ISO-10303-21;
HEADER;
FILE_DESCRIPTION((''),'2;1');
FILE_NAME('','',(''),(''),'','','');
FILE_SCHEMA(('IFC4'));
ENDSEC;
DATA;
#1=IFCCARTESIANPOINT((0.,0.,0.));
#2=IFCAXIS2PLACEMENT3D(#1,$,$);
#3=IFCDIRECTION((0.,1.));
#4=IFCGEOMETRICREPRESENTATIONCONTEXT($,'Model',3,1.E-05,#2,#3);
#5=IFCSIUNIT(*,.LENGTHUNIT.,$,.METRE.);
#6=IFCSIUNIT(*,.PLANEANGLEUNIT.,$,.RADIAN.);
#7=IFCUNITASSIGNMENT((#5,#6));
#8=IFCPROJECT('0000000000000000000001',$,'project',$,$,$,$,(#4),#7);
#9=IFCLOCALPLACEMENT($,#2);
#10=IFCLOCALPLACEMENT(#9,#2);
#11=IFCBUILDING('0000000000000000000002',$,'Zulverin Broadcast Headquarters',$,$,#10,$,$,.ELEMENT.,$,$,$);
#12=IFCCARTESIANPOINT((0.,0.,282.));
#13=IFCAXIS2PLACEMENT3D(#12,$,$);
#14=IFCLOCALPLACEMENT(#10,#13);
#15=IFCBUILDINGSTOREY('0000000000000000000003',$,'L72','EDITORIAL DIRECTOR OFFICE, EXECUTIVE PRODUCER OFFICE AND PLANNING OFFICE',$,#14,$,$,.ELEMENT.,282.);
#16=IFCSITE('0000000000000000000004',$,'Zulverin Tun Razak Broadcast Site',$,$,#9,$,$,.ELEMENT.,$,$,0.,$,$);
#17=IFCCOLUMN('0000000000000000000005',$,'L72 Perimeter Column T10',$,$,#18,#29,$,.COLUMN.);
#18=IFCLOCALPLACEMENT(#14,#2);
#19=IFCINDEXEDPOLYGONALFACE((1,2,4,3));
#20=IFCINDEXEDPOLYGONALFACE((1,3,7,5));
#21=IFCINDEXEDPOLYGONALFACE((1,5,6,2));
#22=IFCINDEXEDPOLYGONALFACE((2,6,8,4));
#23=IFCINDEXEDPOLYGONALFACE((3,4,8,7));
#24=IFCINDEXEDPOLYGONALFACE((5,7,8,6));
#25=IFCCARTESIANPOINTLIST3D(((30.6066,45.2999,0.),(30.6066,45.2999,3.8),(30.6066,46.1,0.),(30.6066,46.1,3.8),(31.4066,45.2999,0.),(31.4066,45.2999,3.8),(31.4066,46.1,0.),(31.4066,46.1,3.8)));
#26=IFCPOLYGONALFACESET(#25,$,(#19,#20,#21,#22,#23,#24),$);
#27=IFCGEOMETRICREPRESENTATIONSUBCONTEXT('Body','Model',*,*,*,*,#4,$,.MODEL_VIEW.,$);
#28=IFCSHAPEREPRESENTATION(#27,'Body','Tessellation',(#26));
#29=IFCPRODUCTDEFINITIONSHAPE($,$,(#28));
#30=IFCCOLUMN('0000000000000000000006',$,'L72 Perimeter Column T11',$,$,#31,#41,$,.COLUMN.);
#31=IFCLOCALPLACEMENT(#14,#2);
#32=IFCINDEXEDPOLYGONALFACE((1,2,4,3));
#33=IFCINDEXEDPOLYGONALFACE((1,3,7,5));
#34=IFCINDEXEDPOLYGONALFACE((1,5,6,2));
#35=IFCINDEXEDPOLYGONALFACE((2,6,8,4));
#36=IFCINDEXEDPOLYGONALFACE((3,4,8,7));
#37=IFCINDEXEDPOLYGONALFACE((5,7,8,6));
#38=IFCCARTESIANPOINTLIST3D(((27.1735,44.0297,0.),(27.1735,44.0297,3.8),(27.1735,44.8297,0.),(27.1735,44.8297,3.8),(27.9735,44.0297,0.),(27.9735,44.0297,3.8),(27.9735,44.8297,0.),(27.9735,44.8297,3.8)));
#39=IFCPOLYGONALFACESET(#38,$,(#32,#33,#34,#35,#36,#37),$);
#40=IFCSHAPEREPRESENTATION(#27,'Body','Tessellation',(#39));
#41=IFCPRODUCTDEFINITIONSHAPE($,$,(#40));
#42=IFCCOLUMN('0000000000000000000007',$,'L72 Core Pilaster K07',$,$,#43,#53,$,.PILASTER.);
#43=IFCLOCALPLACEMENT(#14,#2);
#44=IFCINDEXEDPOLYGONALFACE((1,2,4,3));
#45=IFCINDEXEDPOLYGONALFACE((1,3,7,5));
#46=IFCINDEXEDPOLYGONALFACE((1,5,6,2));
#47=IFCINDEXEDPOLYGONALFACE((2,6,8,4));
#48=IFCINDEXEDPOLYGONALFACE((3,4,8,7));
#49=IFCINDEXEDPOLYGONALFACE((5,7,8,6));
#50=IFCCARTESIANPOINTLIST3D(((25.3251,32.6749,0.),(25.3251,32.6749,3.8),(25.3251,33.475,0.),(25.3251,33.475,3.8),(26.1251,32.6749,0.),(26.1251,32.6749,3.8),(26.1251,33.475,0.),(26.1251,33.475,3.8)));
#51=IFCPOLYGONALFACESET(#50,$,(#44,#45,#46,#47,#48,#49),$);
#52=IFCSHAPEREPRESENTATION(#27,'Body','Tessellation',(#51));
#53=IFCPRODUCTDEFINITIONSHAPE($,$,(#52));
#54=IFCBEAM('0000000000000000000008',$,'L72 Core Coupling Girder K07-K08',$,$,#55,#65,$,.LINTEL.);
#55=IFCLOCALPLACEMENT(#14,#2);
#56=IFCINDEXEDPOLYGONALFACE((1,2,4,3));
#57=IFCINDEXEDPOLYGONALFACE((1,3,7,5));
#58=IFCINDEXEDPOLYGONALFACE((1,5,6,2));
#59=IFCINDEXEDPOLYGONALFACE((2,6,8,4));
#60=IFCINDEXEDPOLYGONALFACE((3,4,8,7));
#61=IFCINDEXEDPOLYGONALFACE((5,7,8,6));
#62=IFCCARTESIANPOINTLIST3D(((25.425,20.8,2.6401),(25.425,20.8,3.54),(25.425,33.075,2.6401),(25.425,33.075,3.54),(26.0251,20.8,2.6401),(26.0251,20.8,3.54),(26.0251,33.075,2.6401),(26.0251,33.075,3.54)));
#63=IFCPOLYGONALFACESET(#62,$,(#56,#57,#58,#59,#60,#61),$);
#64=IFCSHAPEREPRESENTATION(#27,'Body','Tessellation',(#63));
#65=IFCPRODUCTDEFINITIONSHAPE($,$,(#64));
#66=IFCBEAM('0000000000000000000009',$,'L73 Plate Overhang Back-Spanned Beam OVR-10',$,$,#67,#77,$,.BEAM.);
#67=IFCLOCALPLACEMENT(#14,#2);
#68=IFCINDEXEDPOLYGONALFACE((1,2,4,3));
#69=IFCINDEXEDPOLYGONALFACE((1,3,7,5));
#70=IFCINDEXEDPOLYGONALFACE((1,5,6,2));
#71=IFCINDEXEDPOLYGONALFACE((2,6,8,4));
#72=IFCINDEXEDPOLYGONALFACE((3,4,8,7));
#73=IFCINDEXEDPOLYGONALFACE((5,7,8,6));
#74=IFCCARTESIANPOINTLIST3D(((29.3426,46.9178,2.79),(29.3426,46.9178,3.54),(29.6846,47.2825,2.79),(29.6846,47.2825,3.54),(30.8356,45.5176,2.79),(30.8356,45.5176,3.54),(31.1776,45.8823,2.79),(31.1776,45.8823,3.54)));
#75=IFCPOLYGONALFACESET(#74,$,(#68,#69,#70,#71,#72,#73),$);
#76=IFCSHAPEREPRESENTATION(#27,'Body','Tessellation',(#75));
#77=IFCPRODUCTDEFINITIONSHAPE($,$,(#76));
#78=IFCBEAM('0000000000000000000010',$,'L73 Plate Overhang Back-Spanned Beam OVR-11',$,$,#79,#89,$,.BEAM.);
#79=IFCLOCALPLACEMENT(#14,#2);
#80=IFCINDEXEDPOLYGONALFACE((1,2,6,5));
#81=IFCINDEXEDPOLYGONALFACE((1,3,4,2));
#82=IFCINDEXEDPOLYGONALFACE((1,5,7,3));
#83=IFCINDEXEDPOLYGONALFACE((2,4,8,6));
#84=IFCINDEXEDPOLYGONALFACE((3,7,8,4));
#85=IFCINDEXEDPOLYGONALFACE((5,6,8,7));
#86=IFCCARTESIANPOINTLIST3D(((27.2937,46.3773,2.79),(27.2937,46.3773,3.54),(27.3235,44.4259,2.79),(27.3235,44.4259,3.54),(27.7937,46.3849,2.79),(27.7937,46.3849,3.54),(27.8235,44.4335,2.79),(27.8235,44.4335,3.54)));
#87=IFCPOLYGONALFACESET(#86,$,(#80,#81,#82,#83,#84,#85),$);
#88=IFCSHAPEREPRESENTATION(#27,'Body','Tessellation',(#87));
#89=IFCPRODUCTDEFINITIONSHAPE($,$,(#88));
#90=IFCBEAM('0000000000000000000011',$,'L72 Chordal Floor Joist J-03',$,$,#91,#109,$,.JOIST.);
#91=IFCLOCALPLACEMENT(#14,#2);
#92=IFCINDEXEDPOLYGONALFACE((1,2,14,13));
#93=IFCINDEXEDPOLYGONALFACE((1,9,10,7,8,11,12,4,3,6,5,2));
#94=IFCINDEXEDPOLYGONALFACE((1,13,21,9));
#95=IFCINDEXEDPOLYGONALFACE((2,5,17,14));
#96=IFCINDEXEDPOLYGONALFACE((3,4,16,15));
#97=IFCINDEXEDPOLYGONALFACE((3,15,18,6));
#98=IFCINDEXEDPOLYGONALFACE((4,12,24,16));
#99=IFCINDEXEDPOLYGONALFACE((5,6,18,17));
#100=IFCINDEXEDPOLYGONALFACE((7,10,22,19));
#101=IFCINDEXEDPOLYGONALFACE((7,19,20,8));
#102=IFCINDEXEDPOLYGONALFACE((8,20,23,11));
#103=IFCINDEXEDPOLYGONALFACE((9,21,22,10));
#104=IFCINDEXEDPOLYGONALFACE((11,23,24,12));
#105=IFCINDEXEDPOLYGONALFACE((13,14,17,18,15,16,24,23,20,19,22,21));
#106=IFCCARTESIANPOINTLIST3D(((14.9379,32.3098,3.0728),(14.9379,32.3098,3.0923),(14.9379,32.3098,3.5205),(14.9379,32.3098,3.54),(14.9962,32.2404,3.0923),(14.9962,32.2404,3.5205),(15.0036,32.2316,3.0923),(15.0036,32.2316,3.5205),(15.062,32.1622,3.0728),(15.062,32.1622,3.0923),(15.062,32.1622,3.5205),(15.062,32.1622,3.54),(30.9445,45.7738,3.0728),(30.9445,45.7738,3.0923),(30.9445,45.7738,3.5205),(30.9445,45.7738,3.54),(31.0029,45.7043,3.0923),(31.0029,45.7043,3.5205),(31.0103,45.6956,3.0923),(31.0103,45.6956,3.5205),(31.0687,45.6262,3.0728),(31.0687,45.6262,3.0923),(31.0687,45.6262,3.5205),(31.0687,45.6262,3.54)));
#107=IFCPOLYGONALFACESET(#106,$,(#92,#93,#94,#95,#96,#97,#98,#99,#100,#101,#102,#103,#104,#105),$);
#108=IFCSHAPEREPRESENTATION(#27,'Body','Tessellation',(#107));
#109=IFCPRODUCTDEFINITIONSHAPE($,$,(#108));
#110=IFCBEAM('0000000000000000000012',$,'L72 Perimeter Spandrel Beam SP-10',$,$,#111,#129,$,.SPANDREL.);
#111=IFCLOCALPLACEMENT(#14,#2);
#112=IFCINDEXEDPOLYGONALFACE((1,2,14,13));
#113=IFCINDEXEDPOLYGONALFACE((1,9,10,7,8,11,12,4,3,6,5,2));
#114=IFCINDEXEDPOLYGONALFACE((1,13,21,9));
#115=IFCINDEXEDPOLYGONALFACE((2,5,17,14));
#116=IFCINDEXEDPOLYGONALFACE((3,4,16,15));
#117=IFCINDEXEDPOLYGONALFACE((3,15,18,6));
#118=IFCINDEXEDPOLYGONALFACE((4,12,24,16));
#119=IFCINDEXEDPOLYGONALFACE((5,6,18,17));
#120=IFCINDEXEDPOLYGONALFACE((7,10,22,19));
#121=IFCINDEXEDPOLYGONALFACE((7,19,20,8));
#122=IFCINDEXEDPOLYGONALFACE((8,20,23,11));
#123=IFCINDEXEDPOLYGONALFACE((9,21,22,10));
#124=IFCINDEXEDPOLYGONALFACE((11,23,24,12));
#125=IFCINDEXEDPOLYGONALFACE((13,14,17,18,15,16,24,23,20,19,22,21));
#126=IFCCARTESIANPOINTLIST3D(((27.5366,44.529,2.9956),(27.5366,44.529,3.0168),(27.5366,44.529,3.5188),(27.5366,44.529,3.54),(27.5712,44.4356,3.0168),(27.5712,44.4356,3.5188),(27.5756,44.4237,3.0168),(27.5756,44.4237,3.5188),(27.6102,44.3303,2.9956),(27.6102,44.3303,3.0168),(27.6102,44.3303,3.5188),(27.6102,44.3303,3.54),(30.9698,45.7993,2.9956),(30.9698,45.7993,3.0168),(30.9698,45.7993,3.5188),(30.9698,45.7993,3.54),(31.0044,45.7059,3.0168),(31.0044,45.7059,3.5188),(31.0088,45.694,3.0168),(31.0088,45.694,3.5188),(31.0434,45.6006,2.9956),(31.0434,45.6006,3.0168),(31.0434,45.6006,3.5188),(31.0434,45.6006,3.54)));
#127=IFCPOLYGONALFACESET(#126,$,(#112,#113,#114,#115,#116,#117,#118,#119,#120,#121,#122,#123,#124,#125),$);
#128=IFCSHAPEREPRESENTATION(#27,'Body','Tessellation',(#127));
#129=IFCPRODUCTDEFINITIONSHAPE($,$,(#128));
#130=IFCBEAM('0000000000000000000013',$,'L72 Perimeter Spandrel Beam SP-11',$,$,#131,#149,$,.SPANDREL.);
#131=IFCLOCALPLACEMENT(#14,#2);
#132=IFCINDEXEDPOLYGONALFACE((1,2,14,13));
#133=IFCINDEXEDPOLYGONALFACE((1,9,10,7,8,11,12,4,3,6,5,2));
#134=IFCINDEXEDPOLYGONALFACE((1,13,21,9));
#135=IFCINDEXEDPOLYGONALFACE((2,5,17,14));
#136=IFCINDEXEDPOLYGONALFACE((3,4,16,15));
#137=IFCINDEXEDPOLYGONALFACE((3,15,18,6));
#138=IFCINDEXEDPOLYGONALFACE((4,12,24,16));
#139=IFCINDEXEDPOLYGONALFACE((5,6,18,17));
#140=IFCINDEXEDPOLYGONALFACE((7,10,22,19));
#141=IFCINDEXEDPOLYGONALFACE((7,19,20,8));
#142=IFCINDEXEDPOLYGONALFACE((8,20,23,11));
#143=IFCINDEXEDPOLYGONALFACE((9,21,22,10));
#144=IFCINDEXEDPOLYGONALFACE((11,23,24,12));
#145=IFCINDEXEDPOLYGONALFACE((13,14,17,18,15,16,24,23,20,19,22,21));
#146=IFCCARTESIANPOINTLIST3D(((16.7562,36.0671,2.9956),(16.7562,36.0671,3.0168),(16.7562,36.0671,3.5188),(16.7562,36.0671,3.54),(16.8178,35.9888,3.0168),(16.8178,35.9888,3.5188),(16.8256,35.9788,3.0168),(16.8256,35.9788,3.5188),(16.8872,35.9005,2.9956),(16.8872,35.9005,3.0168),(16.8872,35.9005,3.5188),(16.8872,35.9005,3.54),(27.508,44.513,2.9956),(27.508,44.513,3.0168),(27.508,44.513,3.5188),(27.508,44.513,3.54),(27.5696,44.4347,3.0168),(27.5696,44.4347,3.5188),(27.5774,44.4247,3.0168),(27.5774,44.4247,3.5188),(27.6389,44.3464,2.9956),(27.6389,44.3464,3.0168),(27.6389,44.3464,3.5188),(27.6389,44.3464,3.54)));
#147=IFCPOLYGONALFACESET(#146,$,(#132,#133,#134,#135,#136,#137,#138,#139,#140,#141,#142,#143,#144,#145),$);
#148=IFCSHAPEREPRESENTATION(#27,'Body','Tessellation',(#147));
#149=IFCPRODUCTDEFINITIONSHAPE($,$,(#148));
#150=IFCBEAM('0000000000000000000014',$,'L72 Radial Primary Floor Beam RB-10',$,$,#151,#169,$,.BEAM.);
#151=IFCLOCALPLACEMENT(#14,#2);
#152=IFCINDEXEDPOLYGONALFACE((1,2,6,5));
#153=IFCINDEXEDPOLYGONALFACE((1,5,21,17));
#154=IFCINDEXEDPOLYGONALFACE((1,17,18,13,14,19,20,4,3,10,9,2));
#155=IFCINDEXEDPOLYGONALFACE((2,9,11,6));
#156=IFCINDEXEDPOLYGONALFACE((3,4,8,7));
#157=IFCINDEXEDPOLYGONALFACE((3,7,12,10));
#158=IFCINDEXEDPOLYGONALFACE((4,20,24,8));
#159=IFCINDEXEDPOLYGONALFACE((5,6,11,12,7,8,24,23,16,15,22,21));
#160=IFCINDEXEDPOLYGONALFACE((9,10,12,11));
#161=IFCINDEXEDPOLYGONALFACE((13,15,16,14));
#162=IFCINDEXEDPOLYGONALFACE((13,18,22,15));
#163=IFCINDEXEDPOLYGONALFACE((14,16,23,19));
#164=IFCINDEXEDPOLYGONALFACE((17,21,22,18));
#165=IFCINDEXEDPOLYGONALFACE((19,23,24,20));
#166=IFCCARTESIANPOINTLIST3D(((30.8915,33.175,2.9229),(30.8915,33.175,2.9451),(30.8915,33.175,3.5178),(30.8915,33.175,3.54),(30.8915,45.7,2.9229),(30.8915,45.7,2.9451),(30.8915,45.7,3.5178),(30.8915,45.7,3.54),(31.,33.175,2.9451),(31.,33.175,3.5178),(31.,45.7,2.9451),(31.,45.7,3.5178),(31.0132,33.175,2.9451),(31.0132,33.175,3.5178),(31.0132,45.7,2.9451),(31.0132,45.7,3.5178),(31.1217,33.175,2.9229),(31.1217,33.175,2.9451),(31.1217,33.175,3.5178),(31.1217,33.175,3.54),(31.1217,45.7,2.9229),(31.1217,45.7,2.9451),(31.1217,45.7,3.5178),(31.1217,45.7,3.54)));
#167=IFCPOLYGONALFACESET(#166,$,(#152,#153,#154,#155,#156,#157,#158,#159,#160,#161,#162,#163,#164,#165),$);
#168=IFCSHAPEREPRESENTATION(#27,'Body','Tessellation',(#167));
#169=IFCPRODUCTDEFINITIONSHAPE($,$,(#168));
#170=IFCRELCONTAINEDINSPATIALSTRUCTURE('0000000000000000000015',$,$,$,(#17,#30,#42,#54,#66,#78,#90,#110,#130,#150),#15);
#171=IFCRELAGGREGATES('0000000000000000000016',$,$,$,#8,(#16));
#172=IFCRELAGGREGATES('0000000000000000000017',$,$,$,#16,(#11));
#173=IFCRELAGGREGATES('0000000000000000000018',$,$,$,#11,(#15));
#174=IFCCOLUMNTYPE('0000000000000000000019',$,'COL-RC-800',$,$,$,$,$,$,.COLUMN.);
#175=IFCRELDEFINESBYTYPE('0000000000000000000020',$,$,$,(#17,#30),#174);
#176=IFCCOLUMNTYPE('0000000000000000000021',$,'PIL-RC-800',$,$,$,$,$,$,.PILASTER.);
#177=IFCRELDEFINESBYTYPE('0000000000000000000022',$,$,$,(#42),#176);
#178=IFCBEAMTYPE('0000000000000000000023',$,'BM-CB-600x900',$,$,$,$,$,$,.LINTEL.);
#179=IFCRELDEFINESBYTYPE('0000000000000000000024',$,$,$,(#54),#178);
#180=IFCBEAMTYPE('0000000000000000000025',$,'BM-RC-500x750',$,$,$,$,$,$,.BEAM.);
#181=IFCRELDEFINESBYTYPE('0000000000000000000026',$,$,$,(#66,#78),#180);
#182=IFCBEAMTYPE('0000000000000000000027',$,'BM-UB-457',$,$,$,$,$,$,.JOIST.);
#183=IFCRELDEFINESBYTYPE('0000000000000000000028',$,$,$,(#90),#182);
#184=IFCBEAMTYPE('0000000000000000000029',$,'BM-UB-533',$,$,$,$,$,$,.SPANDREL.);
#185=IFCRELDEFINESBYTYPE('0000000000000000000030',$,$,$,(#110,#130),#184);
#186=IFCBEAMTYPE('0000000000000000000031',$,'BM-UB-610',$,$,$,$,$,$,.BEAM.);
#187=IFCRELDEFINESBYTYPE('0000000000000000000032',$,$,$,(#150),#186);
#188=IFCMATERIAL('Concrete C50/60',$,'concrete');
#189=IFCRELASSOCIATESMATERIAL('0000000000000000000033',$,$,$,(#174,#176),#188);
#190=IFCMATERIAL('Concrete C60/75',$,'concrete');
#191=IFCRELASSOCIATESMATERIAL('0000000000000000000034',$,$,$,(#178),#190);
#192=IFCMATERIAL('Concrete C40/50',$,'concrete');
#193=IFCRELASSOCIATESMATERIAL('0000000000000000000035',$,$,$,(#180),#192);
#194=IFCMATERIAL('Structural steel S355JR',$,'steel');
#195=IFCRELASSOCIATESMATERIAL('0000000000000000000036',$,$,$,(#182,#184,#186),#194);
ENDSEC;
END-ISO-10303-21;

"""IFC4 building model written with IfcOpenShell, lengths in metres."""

from ifc_helpers import new_model, si_unit, direction, frame, origin, origin_2d, place, context, subcontext, project, spatial, rectangle, i_section, extrude, material, material_profile, profile_set, type_object, element, save


model = new_model("IFC4")

# Units and contexts
model_context = context("Model", 3, precision=1e-05, world=origin(), true_north=direction((0.0, 1.0)))
body_context = subcontext(model_context, "Body", "Model", "MODEL_VIEW")
ifc_project = project(units=[si_unit("LENGTHUNIT", "METRE"), si_unit("PLANEANGLEUNIT", "RADIAN")], contexts=[model_context])

# Site, building, storey
site_placement = place(None, origin())
site = spatial("IfcSite", under=ifc_project, at=site_placement, Name="Zulverin Tun Razak Broadcast Site", CompositionType="ELEMENT", RefElevation=0.0)
building_placement = place(site_placement, origin())
building = spatial("IfcBuilding", under=site, at=building_placement, Name="Zulverin Broadcast Headquarters", CompositionType="ELEMENT")
storey_placement = place(building_placement, frame((0.0, 0.0, 282.0)))
storey = spatial("IfcBuildingStorey", under=building, at=storey_placement, Name="L72", Description="EDITORIAL DIRECTOR OFFICE, EXECUTIVE PRODUCER OFFICE AND PLANNING OFFICE", CompositionType="ELEMENT", Elevation=282.0)

# Columns
ifc_material_1 = material(Name="Concrete C50/60", Category="concrete")
ifc_material_profile_1 = material_profile(ifc_material_1, rectangle(XDim=0.8, YDim=0.8, at=origin_2d()), Name="Concrete C50/60", Category="concrete")
ifc_profile_set_1 = profile_set([ifc_material_profile_1], Name="Concrete C50/60")
column_type_1 = type_object("IfcColumnType", Name="COL-RC-800", PredefinedType="COLUMN", material=ifc_profile_set_1)
for number, where, z_axis, x_axis, name in (
    (1, (31.0066, 45.7, 0.0), (0.0, 0.0, 1.0), (1.0, 0.0, 0.0), "L72 Perimeter Column T10"),
    (2, (27.5735, 44.4297, 0.0), (0.0, 0.0, 1.0), (1.0, 0.0, 0.0), "L72 Perimeter Column T11"),
):
    element("IfcColumn", number, at=place(storey_placement, frame(where, z_axis=z_axis, x_axis=x_axis)), inside=storey, type_object=column_type_1, Name=name, PredefinedType="COLUMN", context=body_context, shape_type="SweptSolid", body=[
        extrude(rectangle(XDim=0.8, YDim=0.8, at=origin_2d()), origin(), (0.0, 0.0, 1.0), 3.8),
    ])
ifc_material_profile_2 = material_profile(ifc_material_1, rectangle(XDim=0.8, YDim=0.8, at=origin_2d()), Name="Concrete C50/60", Category="concrete")
ifc_profile_set_2 = profile_set([ifc_material_profile_2], Name="Concrete C50/60")
column_type_2 = type_object("IfcColumnType", Name="PIL-RC-800", PredefinedType="PILASTER", material=ifc_profile_set_2)
column_placement = place(storey_placement, frame((25.7251, 33.075, 0.0), z_axis=(0.0, 0.0, 1.0), x_axis=(1.0, 0.0, 0.0)))
element("IfcColumn", 3, at=column_placement, inside=storey, type_object=column_type_2, Name="L72 Core Pilaster K07", PredefinedType="PILASTER", context=body_context, shape_type="SweptSolid", body=[
    extrude(rectangle(XDim=0.8, YDim=0.8, at=origin_2d()), origin(), (0.0, 0.0, 1.0), 3.8),
])

# Beams
ifc_material_2 = material(Name="Concrete C60/75", Category="concrete")
ifc_material_profile_3 = material_profile(ifc_material_2, rectangle(XDim=0.6001, YDim=0.8999, at=origin_2d()), Name="Concrete C60/75", Category="concrete")
ifc_profile_set_3 = profile_set([ifc_material_profile_3], Name="Concrete C60/75")
beam_type_1 = type_object("IfcBeamType", Name="BM-CB-600x900", PredefinedType="LINTEL", material=ifc_profile_set_3)
beam_1_placement = place(storey_placement, frame((25.7251, 33.075, 3.0901), z_axis=(0.0, -1.0, 0.0), x_axis=(1.0, 0.0, 0.0)))
element("IfcBeam", 4, at=beam_1_placement, inside=storey, type_object=beam_type_1, Name="L72 Core Coupling Girder K07-K08", PredefinedType="LINTEL", context=body_context, shape_type="SweptSolid", body=[
    extrude(rectangle(XDim=0.6001, YDim=0.8999, at=origin_2d()), origin(), (0.0, 0.0, 1.0), 12.2749),
])
ifc_material_3 = material(Name="Concrete C40/50", Category="concrete")
ifc_material_profile_4 = material_profile(ifc_material_3, rectangle(XDim=0.5, YDim=0.75, at=origin_2d()), Name="Concrete C40/50", Category="concrete")
ifc_profile_set_4 = profile_set([ifc_material_profile_4], Name="Concrete C40/50")
beam_type_2 = type_object("IfcBeamType", Name="BM-RC-500x750", PredefinedType="BEAM", material=ifc_profile_set_4)
beam_2_placement = place(storey_placement, frame((31.0066, 45.7, 3.165), z_axis=(-0.729407, 0.68408, 0.0), x_axis=(-0.68408, -0.729407, 0.0)))
element("IfcBeam", 5, at=beam_2_placement, inside=storey, type_object=beam_type_2, Name="L73 Plate Overhang Back-Spanned Beam OVR-10", PredefinedType="BEAM", context=body_context, shape_type="SweptSolid", body=[
    extrude(rectangle(XDim=0.5, YDim=0.75, at=origin_2d()), origin(), (0.0, 0.0, 1.0), 2.0469),
])
beam_3_placement = place(storey_placement, frame((27.5735, 44.4297, 3.165), z_axis=(-0.015262, 0.999884, 0.0), x_axis=(-0.999884, -0.015262, 0.0)))
element("IfcBeam", 6, at=beam_3_placement, inside=storey, type_object=beam_type_2, Name="L73 Plate Overhang Back-Spanned Beam OVR-11", PredefinedType="BEAM", context=body_context, shape_type="SweptSolid", body=[
    extrude(rectangle(XDim=0.5, YDim=0.75, at=origin_2d()), origin(), (0.0, 0.0, 1.0), 1.9517),
])
ifc_material_4 = material(Name="Structural steel S355JR", Category="steel")
ifc_material_profile_5 = material_profile(ifc_material_4, i_section(OverallWidth=0.1929, OverallDepth=0.4673, WebThickness=0.0115, FlangeThickness=0.0195, at=origin_2d()), Name="Structural steel S355JR", Category="steel")
ifc_profile_set_5 = profile_set([ifc_material_profile_5], Name="Structural steel S355JR")
beam_type_3 = type_object("IfcBeamType", Name="BM-UB-457", PredefinedType="JOIST", material=ifc_profile_set_5)
beam_4_placement = place(storey_placement, frame((31.0066, 45.7, 3.3064), z_axis=(-0.765273, -0.643706, 0.0), x_axis=(0.643706, -0.765273, 0.0)))
element("IfcBeam", 7, at=beam_4_placement, inside=storey, type_object=beam_type_3, Name="L72 Chordal Floor Joist J-03", PredefinedType="JOIST", context=body_context, shape_type="SweptSolid", body=[
    extrude(i_section(OverallWidth=0.1929, OverallDepth=0.4673, WebThickness=0.0115, FlangeThickness=0.0195, at=origin_2d()), origin(), (0.0, 0.0, 1.0), 20.9163),
])
ifc_material_profile_6 = material_profile(ifc_material_4, i_section(OverallWidth=0.2119, OverallDepth=0.5444, WebThickness=0.0127, FlangeThickness=0.0212, at=origin_2d()), Name="Structural steel S355JR", Category="steel")
ifc_profile_set_6 = profile_set([ifc_material_profile_6], Name="Structural steel S355JR")
beam_type_4 = type_object("IfcBeamType", Name="BM-UB-533", PredefinedType="SPANDREL", material=ifc_profile_set_6)
beam_5_placement = place(storey_placement, frame((31.0066, 45.7, 3.2678), z_axis=(-0.937861, -0.347012, 0.0), x_axis=(0.347012, -0.937861, 0.0)))
element("IfcBeam", 8, at=beam_5_placement, inside=storey, type_object=beam_type_4, Name="L72 Perimeter Spandrel Beam SP-10", PredefinedType="SPANDREL", context=body_context, shape_type="SweptSolid", body=[
    extrude(i_section(OverallWidth=0.2119, OverallDepth=0.5444, WebThickness=0.0127, FlangeThickness=0.0212, at=origin_2d()), origin(), (0.0, 0.0, 1.0), 3.6606),
])
beam_6_placement = place(storey_placement, frame((27.5735, 44.4297, 3.2678), z_axis=(-0.786388, -0.617732, 0.0), x_axis=(0.617732, -0.786388, 0.0)))
element("IfcBeam", 9, at=beam_6_placement, inside=storey, type_object=beam_type_4, Name="L72 Perimeter Spandrel Beam SP-11", PredefinedType="SPANDREL", context=body_context, shape_type="SweptSolid", body=[
    extrude(i_section(OverallWidth=0.2119, OverallDepth=0.5444, WebThickness=0.0127, FlangeThickness=0.0212, at=origin_2d()), origin(), (0.0, 0.0, 1.0), 13.6724),
])
ifc_material_profile_7 = material_profile(ifc_material_4, i_section(OverallWidth=0.2302, OverallDepth=0.6172, WebThickness=0.0132, FlangeThickness=0.0222, at=origin_2d()), Name="Structural steel S355JR", Category="steel")
ifc_profile_set_7 = profile_set([ifc_material_profile_7], Name="Structural steel S355JR")
beam_type_5 = type_object("IfcBeamType", Name="BM-UB-610", PredefinedType="BEAM", material=ifc_profile_set_7)
beam_7_placement = place(storey_placement, frame((31.0066, 33.175, 3.2314), z_axis=(0.0, 1.0, 0.0), x_axis=(-1.0, 0.0, 0.0)))
element("IfcBeam", 10, at=beam_7_placement, inside=storey, type_object=beam_type_5, Name="L72 Radial Primary Floor Beam RB-10", PredefinedType="BEAM", context=body_context, shape_type="SweptSolid", body=[
    extrude(i_section(OverallWidth=0.2302, OverallDepth=0.6172, WebThickness=0.0132, FlangeThickness=0.0222, at=origin_2d()), origin(), (0.0, 0.0, 1.0), 12.5249),
])

save(model, "model.ifc")
